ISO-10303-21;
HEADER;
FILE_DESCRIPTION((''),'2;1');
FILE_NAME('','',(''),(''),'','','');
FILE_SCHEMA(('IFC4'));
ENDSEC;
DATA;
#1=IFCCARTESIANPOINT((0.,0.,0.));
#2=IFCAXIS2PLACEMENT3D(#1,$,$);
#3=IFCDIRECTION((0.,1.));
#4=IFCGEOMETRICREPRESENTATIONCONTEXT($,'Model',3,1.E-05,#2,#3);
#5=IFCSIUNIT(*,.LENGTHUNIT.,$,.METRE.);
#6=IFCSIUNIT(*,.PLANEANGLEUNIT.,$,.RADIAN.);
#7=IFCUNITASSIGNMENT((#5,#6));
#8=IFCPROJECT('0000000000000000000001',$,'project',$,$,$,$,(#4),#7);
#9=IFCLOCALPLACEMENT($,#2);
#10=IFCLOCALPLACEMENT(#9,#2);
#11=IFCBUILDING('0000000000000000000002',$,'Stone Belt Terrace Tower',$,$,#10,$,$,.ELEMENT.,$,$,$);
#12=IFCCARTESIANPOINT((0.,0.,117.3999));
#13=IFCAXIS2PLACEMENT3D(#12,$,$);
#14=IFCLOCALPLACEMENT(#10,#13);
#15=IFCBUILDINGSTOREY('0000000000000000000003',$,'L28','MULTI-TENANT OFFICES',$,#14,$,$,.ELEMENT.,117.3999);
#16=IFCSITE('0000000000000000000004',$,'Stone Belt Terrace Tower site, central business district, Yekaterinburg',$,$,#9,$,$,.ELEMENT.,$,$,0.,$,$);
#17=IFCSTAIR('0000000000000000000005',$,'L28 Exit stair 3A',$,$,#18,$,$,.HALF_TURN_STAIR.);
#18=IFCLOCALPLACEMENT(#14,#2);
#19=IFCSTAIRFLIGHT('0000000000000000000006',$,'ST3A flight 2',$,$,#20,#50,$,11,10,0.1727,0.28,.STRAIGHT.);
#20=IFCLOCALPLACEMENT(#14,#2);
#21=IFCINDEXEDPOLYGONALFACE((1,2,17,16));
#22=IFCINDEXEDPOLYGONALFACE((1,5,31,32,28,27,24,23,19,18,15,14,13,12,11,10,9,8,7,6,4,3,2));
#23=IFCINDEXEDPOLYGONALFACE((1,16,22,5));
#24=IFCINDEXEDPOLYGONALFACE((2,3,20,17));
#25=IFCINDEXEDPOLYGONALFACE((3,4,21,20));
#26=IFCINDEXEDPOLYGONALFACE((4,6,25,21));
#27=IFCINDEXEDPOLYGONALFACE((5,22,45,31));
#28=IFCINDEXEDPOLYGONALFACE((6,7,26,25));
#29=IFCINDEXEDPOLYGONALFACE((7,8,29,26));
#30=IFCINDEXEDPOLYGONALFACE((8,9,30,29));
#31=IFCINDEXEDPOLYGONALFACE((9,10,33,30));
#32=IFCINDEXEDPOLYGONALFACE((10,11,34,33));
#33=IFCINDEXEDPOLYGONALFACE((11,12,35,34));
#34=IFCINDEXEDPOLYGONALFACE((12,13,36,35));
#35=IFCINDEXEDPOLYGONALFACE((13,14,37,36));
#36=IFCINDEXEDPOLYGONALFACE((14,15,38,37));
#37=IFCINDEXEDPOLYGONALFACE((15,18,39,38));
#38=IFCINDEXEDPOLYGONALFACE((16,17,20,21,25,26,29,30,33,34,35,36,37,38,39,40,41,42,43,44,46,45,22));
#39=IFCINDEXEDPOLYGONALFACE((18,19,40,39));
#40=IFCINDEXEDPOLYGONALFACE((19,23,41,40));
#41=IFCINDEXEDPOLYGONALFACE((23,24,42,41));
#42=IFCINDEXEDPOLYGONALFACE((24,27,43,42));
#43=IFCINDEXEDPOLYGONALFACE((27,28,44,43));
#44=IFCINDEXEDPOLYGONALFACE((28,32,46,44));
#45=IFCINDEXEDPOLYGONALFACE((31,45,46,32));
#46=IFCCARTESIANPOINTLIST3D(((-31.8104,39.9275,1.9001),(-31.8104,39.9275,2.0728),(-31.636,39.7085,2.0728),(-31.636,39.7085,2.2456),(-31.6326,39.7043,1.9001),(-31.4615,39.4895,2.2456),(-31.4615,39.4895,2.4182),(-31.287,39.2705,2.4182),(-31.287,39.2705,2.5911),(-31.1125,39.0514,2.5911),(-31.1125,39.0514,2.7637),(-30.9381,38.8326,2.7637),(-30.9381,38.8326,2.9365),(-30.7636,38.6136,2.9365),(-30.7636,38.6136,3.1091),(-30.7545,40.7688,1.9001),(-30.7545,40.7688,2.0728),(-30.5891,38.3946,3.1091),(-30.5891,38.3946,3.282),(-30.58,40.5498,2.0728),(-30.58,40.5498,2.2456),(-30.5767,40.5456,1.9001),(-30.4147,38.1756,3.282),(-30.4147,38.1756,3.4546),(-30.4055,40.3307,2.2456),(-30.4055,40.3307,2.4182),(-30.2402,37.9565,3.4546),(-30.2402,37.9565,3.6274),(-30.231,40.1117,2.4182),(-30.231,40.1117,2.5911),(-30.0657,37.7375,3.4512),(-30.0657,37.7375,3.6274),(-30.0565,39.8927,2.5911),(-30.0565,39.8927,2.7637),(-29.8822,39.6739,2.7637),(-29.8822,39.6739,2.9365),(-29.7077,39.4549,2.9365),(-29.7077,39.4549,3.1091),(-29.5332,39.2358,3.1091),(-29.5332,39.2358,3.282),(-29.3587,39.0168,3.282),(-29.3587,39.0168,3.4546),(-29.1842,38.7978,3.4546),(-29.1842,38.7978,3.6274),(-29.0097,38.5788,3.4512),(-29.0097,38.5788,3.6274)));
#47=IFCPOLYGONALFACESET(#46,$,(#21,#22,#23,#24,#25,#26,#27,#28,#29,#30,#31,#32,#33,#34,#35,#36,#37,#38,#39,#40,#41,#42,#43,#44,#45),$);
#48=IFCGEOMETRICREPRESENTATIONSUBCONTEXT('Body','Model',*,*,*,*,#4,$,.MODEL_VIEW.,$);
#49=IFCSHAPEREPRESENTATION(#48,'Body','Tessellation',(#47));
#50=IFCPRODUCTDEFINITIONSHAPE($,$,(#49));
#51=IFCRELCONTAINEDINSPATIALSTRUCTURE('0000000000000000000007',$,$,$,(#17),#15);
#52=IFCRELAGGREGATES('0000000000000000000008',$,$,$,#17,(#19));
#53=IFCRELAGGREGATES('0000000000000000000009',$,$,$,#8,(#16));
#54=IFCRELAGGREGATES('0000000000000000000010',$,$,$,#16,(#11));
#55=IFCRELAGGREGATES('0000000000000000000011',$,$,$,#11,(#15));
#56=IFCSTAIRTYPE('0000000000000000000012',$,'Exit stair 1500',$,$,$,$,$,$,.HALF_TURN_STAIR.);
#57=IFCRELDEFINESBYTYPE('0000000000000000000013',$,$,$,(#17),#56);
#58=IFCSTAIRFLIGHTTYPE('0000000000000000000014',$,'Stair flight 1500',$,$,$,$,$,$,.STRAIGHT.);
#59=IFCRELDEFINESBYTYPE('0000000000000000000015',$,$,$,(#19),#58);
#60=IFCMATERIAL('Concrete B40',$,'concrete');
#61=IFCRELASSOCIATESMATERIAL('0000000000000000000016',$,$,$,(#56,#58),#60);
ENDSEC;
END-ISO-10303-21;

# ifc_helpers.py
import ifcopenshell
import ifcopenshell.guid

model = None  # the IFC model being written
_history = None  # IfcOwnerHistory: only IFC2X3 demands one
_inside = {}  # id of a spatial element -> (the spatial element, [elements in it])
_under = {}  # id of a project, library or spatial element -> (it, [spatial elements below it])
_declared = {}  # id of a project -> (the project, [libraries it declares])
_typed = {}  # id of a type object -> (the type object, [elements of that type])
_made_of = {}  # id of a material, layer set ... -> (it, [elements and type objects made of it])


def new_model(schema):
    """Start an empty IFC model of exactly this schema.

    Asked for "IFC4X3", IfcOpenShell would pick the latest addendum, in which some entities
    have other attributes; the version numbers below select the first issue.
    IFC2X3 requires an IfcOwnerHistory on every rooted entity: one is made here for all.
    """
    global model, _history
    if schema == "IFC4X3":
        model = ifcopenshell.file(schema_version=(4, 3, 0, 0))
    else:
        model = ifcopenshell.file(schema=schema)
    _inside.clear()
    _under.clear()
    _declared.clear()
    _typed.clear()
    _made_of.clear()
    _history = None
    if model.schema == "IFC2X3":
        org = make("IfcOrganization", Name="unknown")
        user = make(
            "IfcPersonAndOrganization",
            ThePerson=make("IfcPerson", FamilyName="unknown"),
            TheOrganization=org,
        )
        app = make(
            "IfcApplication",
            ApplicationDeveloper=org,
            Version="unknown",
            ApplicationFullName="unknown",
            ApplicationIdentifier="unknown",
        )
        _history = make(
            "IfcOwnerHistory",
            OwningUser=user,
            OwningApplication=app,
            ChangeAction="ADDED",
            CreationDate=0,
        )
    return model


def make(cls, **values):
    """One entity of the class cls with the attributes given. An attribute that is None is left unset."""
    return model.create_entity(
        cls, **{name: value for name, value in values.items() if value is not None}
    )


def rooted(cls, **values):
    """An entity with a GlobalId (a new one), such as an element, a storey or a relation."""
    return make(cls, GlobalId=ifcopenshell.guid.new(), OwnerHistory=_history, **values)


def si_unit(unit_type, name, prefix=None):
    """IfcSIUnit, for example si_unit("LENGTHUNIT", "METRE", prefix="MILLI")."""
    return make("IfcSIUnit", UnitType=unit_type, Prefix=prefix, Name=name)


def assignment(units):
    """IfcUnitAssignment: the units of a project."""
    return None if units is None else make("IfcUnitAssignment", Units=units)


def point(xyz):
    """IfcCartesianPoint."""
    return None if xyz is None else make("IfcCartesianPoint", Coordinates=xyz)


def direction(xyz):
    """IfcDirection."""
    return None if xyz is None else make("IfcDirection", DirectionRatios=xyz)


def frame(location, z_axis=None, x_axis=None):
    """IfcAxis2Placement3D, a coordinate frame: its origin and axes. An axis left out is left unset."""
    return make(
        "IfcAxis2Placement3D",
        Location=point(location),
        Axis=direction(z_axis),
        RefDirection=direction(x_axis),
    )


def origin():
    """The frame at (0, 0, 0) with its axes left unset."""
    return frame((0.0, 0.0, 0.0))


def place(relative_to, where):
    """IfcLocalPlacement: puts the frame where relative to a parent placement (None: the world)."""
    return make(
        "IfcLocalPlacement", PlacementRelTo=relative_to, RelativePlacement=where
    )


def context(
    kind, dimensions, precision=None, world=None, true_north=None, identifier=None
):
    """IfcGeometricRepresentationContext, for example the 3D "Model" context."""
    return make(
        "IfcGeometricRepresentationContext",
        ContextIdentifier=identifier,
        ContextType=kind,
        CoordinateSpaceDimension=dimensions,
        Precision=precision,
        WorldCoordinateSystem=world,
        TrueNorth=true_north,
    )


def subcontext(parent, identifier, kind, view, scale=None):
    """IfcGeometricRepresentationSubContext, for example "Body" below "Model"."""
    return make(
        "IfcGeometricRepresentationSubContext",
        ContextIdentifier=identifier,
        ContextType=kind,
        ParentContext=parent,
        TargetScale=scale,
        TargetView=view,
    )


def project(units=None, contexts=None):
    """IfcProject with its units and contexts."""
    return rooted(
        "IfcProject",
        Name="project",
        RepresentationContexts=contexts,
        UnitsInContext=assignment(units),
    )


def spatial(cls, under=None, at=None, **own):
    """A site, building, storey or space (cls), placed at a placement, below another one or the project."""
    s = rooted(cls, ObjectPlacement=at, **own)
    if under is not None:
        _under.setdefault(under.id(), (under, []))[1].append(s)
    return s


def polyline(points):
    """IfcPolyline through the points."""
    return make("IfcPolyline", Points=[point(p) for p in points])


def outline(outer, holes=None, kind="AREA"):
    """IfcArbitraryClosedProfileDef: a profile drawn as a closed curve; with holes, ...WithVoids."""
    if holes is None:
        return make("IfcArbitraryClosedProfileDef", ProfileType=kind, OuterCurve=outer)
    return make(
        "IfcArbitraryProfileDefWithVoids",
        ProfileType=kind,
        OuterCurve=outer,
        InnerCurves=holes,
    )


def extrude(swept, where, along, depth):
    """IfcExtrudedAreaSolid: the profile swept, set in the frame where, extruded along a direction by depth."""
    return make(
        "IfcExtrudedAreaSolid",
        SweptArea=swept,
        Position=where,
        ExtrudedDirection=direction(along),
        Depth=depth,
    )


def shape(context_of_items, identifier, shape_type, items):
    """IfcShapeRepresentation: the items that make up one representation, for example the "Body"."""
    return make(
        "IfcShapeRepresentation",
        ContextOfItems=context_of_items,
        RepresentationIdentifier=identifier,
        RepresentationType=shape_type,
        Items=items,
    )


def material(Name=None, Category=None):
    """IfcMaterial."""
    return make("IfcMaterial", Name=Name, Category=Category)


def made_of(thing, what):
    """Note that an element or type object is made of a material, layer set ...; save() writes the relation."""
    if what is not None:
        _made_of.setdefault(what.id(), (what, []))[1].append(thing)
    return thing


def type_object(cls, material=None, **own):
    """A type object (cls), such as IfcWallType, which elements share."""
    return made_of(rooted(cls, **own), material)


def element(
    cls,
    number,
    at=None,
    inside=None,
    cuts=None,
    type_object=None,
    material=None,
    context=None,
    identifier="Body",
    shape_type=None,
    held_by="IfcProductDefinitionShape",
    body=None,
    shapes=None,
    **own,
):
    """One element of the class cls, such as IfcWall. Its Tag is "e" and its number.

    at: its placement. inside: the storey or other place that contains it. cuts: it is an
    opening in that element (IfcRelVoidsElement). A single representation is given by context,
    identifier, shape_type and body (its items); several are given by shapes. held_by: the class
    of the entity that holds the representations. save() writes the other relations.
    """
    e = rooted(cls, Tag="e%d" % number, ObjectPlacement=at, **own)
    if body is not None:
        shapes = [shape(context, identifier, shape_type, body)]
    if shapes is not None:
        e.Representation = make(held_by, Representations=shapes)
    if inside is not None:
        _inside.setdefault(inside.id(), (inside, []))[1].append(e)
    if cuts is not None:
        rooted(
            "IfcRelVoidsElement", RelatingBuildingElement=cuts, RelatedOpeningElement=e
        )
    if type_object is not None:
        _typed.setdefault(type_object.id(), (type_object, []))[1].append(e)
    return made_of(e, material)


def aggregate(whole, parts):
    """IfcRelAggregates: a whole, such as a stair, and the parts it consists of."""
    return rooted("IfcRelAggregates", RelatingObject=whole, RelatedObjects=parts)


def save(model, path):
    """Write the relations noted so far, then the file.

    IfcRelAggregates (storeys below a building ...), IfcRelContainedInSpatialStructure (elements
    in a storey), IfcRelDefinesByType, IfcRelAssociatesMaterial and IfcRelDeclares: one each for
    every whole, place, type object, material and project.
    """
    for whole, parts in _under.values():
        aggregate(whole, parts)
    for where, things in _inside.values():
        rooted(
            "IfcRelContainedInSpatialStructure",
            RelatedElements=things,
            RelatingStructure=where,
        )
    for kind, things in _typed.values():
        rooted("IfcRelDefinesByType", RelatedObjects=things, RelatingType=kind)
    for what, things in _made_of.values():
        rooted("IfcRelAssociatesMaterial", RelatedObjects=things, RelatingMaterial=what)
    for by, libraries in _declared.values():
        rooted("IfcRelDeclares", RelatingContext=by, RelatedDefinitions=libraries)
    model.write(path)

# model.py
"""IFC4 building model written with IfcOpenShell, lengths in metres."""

from ifc_helpers import new_model, si_unit, direction, frame, origin, place, context, subcontext, project, spatial, polyline, outline, extrude, material, type_object, element, aggregate, save


model = new_model("IFC4")

# Units and contexts
model_context = context("Model", 3, precision=1e-05, world=origin(), true_north=direction((0.0, 1.0)))
body_context = subcontext(model_context, "Body", "Model", "MODEL_VIEW")
ifc_project = project(units=[si_unit("LENGTHUNIT", "METRE"), si_unit("PLANEANGLEUNIT", "RADIAN")], contexts=[model_context])

# Site, building, storey
site_placement = place(None, origin())
site = spatial("IfcSite", under=ifc_project, at=site_placement, Name="Stone Belt Terrace Tower site, central business district, Yekaterinburg", CompositionType="ELEMENT", RefElevation=0.0)
building_placement = place(site_placement, origin())
building = spatial("IfcBuilding", under=site, at=building_placement, Name="Stone Belt Terrace Tower", CompositionType="ELEMENT")
storey_placement = place(building_placement, frame((0.0, 0.0, 117.3999)))
storey = spatial("IfcBuildingStorey", under=building, at=storey_placement, Name="L28", Description="MULTI-TENANT OFFICES", CompositionType="ELEMENT", Elevation=117.3999)

# Stair, stair flight
ifc_material_1 = material(Name="Concrete B40", Category="concrete")
stair_type = type_object("IfcStairType", Name="Exit stair 1500", PredefinedType="HALF_TURN_STAIR", material=ifc_material_1)
stair_placement = place(storey_placement, origin())
stair = element("IfcStair", 1, at=stair_placement, inside=storey, type_object=stair_type, Name="L28 Exit stair 3A", PredefinedType="HALF_TURN_STAIR")
stair_flight_type = type_object("IfcStairFlightType", Name="Stair flight 1500", PredefinedType="STRAIGHT", material=ifc_material_1)
stair_flight_1_placement = place(storey_placement, frame((-31.2825, 40.3481, 1.9001), z_axis=(0.0, 0.0, 1.0), x_axis=(0.623121, -0.782125, 0.0)))
stair_flight_1 = element("IfcStairFlight", 2, at=stair_flight_1_placement, type_object=stair_flight_type, Name="ST3A flight 2", NumberOfRisers=11, NumberOfTreads=10, PredefinedType="STRAIGHT", RiserHeight=0.1727, TreadLength=0.28, context=body_context, shape_type="SweptSolid", body=[
    extrude(outline(polyline([(0.0, 0.0), (0.0, 0.1726), (0.28, 0.1726), (0.28, 0.3455), (0.5601, 0.3455), (0.5601, 0.5181), (0.8401, 0.5181), (0.8401, 0.6909), (1.1201, 0.6909), (1.1201, 0.8635), (1.3999, 0.8635), (1.3999, 1.0364), (1.6799, 1.0364), (1.6799, 1.209), (1.96, 1.209), (1.96, 1.3818), (2.24, 1.3818), (2.24, 1.5544), (2.52, 1.5544), (2.52, 1.7273), (2.8, 1.7273), (2.8, 1.8999), (2.8, 1.551), (0.2854, 0.0), (0.0, 0.0)])), frame((0.0, 0.675, 0.0), z_axis=(0.0, -1.0, 0.0), x_axis=(1.0, 0.0, 0.0)), (0.0, 0.0, 1.0), 1.3501),
])
aggregate(stair, [stair_flight_1])

save(model, "model.ifc")
